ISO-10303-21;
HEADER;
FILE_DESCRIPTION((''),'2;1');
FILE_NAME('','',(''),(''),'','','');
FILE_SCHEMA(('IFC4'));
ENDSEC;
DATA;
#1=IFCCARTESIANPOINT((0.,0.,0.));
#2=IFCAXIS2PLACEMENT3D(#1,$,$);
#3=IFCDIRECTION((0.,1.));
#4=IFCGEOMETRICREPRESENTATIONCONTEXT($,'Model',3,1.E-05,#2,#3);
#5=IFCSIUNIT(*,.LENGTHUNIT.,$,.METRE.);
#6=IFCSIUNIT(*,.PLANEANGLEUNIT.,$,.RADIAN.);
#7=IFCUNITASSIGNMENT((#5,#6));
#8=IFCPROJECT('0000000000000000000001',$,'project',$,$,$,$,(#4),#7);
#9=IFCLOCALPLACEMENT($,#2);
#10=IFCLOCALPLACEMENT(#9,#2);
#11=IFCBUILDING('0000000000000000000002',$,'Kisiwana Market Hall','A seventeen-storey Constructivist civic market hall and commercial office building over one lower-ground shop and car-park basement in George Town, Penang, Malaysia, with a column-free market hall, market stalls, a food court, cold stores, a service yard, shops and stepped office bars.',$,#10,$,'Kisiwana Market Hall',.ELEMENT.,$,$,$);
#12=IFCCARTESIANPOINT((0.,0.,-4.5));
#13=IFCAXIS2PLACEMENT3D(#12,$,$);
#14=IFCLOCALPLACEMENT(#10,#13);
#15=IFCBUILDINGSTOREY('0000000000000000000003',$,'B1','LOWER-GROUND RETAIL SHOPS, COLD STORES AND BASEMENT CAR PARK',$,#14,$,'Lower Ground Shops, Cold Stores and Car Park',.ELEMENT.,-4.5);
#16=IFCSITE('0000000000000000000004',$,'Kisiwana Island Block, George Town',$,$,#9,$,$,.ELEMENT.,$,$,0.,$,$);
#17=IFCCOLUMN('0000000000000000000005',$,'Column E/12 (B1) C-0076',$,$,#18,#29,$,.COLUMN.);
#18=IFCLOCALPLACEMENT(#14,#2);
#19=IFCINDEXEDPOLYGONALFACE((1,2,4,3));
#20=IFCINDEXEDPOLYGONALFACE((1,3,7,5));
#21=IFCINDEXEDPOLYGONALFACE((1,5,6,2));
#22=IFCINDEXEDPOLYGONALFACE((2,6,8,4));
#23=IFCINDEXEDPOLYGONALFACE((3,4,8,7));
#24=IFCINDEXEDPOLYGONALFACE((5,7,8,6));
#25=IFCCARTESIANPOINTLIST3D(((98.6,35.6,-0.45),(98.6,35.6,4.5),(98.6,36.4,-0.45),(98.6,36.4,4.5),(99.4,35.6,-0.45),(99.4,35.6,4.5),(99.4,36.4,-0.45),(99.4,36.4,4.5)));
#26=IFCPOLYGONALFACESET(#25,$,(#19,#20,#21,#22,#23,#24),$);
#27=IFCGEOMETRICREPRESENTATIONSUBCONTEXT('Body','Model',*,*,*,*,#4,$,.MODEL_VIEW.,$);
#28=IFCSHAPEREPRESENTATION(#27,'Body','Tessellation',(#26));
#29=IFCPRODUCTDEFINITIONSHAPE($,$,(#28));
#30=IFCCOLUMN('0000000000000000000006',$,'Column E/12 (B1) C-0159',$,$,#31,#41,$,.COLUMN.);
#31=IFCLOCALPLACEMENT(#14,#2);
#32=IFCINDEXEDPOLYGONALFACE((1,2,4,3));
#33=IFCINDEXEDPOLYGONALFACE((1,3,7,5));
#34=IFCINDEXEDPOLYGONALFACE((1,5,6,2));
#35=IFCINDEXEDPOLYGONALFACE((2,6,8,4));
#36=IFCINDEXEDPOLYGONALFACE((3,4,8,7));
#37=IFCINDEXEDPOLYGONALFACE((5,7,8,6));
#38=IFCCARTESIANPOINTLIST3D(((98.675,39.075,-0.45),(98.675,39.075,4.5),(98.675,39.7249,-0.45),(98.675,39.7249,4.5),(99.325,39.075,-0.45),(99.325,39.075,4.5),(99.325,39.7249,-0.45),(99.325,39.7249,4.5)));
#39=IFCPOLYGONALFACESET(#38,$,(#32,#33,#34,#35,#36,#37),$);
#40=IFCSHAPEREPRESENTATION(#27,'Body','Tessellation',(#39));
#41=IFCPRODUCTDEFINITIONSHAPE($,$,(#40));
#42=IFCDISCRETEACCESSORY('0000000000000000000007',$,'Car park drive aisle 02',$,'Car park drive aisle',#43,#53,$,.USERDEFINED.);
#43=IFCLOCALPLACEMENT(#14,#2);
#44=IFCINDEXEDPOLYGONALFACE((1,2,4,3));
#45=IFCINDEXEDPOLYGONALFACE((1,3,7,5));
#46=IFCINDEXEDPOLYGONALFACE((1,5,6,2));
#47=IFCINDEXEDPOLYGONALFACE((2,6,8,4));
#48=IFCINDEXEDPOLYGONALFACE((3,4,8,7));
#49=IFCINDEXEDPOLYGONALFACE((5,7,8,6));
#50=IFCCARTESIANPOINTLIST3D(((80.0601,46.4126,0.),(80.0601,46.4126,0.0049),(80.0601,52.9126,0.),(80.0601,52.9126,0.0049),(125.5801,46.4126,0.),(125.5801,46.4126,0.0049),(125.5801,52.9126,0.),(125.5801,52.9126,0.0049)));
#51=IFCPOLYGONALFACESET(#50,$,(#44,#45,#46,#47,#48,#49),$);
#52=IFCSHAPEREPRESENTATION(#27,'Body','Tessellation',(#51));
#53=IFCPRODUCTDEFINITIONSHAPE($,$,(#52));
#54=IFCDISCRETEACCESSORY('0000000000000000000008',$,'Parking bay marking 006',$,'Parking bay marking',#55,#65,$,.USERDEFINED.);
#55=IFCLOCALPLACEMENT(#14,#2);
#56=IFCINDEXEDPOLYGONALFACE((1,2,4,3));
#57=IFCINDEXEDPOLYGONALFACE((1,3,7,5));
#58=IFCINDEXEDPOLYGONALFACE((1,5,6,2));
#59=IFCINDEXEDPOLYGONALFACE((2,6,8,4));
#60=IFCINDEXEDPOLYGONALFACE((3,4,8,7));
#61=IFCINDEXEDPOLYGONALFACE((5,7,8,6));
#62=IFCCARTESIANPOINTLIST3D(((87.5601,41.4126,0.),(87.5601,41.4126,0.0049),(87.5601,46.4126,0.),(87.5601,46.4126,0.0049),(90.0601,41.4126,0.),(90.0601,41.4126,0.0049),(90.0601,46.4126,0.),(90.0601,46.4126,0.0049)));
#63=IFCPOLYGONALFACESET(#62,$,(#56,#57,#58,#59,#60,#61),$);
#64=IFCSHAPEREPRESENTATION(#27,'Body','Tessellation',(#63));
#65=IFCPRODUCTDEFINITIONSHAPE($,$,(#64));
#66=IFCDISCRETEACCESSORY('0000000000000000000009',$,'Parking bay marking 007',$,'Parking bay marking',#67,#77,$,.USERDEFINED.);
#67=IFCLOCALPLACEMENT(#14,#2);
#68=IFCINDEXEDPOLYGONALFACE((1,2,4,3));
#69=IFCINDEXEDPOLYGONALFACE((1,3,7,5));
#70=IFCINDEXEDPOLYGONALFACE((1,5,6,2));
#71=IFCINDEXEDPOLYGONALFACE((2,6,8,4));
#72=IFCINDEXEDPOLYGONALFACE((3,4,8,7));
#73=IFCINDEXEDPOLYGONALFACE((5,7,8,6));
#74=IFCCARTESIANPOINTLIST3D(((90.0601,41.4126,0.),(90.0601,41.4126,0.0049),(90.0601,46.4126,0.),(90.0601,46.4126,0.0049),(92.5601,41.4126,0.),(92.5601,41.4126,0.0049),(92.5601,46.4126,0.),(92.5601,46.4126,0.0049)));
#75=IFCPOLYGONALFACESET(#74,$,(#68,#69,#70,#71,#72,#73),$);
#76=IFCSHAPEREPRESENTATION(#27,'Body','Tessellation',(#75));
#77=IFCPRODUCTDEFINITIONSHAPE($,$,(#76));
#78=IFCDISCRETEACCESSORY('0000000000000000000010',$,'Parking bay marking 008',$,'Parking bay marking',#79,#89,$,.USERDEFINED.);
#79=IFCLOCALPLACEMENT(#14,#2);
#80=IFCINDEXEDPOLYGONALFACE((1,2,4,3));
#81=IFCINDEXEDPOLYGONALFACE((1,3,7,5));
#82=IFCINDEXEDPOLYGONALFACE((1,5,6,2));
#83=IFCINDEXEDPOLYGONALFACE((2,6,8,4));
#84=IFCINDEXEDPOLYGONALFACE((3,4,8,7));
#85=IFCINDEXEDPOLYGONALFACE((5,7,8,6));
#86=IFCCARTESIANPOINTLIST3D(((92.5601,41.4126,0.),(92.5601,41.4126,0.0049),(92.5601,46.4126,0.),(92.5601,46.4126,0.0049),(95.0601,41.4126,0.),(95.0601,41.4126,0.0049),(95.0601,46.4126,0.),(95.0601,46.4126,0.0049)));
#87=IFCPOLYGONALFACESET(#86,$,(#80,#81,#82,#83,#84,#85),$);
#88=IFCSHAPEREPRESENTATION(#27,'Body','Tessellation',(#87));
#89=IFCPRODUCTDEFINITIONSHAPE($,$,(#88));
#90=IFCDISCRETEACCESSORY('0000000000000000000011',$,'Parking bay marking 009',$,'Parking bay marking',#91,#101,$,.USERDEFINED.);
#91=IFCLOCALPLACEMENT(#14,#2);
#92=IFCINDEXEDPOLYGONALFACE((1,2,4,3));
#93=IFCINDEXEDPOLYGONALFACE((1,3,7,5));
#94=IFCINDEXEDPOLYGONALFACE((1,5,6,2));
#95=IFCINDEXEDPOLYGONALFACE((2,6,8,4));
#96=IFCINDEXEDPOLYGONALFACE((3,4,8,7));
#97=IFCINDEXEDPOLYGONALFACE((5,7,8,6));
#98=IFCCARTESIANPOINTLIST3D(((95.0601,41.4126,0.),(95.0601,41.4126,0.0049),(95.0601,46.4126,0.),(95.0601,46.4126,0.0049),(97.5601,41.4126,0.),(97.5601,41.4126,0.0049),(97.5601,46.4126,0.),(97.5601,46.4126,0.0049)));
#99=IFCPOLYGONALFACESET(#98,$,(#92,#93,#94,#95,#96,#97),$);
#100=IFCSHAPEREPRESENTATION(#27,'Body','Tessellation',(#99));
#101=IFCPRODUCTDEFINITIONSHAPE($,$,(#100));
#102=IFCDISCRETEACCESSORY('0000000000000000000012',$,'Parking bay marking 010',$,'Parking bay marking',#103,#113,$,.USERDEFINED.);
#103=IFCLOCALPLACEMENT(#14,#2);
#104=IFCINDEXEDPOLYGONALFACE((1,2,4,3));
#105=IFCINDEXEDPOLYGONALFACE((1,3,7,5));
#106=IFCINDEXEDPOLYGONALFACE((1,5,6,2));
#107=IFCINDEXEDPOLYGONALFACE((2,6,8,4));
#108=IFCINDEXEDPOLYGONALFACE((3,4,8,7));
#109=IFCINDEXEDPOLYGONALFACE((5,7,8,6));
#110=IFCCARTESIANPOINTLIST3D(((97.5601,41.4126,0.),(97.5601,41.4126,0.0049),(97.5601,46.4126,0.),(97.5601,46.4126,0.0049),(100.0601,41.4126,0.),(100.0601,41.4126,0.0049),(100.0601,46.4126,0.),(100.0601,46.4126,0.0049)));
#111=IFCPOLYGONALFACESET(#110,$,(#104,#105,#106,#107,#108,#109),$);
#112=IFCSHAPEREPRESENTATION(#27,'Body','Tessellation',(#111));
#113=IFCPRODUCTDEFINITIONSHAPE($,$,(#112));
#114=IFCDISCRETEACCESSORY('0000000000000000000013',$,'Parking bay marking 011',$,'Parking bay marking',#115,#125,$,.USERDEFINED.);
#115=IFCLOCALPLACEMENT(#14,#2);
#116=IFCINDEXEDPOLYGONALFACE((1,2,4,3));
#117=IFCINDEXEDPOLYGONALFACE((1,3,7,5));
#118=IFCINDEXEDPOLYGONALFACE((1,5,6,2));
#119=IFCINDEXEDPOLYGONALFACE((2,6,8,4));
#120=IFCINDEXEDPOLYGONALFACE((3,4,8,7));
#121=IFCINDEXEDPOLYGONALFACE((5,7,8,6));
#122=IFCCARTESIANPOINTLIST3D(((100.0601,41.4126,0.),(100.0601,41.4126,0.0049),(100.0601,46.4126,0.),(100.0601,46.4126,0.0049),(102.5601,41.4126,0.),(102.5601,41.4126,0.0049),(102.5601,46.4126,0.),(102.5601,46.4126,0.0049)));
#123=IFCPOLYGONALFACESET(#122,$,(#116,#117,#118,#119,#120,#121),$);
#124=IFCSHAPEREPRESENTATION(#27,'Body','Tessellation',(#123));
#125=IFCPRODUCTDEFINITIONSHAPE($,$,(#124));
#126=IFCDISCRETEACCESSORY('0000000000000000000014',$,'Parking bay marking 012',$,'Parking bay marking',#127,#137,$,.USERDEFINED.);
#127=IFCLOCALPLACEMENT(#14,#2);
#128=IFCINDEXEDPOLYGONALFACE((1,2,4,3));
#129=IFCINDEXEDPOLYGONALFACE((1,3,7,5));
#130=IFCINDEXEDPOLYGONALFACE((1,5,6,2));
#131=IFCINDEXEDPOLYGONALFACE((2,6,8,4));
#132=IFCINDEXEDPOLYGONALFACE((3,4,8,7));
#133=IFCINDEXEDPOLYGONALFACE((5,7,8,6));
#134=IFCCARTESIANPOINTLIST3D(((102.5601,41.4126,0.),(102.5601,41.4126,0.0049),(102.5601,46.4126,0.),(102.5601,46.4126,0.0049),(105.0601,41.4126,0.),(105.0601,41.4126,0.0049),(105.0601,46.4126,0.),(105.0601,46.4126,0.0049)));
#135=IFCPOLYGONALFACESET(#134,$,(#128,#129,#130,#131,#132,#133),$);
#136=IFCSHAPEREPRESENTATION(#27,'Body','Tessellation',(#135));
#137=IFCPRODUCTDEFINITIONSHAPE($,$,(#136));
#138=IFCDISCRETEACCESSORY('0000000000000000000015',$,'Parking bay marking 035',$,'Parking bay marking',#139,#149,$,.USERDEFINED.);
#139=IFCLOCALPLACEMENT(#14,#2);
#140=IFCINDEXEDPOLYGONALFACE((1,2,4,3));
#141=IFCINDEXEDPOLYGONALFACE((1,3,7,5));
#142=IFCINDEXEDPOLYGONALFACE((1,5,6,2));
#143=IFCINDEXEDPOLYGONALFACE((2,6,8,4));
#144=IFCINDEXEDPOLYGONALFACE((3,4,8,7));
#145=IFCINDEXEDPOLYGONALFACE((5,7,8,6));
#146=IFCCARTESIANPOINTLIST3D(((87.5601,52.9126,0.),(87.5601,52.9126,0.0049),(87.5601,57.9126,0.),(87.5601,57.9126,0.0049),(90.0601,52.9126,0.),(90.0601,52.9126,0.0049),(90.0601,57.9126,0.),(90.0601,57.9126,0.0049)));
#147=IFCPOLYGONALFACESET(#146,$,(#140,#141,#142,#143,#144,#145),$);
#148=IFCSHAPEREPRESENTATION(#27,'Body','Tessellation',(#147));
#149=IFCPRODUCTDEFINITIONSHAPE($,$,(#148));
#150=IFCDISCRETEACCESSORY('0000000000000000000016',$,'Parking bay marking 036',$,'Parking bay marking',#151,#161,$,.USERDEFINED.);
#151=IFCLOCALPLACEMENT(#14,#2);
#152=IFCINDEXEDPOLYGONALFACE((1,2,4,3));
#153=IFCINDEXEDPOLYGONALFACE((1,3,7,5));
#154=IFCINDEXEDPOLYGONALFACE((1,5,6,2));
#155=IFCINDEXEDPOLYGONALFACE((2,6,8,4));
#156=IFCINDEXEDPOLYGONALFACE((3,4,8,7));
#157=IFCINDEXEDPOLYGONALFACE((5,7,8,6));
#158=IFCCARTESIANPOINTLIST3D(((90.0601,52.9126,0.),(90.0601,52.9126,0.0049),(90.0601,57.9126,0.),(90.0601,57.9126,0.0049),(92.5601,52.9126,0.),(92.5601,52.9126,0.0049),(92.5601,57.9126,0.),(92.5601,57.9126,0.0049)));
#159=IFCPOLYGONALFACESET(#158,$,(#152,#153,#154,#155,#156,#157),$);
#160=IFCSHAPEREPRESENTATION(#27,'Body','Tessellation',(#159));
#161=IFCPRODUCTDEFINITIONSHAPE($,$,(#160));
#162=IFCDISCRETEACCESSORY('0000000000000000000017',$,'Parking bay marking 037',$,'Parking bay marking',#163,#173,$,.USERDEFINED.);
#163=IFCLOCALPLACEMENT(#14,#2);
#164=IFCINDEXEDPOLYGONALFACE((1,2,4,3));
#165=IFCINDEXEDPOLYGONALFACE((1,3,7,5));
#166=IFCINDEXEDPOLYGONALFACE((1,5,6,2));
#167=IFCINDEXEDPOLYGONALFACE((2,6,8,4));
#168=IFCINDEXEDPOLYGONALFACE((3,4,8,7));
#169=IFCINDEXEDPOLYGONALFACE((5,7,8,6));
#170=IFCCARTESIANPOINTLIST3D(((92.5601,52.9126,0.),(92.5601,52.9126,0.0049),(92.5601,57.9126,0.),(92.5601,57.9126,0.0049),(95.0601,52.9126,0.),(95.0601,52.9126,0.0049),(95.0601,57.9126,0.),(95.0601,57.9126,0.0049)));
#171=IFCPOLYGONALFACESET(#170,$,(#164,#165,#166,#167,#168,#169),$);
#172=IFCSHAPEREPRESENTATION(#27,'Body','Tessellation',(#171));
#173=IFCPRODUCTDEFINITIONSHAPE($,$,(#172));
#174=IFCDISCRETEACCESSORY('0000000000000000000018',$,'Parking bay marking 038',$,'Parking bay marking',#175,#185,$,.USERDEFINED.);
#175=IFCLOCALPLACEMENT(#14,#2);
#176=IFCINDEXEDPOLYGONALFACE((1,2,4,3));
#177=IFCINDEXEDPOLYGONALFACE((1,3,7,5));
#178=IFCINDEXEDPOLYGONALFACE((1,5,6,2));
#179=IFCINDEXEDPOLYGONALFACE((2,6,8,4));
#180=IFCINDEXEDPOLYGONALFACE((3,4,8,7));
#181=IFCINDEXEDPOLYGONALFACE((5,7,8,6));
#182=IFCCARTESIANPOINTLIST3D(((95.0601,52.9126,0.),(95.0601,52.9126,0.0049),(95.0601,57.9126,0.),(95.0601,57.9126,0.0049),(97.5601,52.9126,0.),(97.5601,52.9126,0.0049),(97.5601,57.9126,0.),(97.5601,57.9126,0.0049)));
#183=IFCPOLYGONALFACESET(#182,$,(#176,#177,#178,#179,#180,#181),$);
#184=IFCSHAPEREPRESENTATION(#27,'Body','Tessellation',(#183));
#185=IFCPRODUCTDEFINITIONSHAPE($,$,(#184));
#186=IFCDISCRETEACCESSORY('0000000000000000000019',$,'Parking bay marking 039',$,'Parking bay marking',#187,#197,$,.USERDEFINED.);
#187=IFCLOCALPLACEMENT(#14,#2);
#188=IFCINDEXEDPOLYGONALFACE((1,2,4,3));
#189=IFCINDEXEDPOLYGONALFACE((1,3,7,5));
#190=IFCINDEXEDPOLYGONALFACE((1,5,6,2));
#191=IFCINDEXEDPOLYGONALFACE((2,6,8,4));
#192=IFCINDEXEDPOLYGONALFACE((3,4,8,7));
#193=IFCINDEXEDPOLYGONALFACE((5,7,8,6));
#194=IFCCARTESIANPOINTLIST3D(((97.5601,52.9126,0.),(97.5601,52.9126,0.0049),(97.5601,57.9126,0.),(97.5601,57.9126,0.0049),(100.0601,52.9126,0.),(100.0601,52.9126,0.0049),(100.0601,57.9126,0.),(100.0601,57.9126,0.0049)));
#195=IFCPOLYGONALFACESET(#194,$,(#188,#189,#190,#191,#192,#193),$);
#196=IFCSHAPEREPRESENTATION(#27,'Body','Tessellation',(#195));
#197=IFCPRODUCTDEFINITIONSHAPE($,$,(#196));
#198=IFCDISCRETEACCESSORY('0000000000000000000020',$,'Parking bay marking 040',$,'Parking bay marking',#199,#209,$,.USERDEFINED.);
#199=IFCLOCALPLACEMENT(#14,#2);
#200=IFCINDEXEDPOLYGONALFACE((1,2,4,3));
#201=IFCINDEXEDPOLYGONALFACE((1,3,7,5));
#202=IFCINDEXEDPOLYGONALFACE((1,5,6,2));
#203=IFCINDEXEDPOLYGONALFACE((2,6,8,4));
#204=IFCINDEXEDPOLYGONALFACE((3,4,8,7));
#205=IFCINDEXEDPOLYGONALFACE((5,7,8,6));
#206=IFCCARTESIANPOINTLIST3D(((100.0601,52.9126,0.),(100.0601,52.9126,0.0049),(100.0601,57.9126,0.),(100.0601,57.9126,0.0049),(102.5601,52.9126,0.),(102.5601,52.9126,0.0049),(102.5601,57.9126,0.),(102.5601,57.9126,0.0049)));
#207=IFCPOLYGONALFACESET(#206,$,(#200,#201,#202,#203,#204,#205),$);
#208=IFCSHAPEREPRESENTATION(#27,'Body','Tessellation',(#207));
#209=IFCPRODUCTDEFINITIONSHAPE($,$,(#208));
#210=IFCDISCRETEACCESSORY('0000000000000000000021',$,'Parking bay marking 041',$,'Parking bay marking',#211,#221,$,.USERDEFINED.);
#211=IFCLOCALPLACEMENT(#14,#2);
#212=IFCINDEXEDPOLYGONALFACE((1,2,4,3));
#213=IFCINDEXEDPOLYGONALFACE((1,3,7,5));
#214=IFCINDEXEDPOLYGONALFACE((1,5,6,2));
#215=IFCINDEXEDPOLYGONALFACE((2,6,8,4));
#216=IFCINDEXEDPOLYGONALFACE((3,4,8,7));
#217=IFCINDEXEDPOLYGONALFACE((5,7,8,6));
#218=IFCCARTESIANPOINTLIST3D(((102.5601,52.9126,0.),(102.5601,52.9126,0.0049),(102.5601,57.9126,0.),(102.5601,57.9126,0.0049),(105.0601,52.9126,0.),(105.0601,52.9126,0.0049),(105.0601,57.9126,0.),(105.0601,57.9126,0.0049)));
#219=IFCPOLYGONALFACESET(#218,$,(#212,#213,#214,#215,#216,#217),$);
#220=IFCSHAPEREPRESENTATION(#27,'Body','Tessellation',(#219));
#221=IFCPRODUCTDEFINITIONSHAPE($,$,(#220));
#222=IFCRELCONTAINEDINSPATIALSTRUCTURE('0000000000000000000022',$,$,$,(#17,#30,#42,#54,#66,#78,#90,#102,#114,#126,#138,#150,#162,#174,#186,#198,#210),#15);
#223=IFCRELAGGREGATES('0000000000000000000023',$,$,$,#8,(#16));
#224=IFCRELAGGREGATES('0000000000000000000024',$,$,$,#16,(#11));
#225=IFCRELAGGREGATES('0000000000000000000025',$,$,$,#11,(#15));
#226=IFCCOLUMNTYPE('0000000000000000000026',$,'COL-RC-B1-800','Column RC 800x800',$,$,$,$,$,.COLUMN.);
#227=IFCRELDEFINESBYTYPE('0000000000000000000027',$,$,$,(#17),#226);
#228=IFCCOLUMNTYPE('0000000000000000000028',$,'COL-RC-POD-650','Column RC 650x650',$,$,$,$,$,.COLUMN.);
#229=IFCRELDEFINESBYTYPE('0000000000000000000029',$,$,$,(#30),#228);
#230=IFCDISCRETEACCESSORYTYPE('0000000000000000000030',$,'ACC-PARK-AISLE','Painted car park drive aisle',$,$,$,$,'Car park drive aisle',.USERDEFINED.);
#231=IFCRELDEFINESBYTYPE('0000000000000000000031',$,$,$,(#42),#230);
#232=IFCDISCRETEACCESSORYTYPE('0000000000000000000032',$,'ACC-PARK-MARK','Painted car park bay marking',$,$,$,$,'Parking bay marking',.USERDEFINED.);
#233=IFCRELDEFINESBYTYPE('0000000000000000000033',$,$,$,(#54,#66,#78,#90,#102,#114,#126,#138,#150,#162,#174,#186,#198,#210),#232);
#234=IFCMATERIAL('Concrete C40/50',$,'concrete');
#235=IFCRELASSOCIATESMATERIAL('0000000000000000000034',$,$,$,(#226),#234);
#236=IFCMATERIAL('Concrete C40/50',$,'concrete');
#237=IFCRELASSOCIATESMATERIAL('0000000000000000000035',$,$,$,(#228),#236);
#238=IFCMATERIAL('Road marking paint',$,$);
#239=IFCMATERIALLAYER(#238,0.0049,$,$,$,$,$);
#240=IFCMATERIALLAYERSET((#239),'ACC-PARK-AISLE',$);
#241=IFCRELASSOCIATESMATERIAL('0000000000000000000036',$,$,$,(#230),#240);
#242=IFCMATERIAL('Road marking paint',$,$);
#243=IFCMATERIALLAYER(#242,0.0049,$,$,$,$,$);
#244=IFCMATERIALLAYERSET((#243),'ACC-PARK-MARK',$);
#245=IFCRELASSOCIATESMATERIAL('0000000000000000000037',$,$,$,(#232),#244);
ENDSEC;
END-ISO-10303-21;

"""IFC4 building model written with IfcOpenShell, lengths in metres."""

from ifc_helpers import new_model, si_unit, direction, frame, origin, origin_2d, place, context, subcontext, project, spatial, rectangle, extrude, material, layer, layer_set, material_profile, profile_set, type_object, element, save


model = new_model("IFC4")

# Units and contexts
model_context = context("Model", 3, precision=1e-05, world=origin(), true_north=direction((0.0, 1.0)))
body_context = subcontext(model_context, "Body", "Model", "MODEL_VIEW")
ifc_project = project(units=[si_unit("LENGTHUNIT", "METRE"), si_unit("PLANEANGLEUNIT", "RADIAN")], contexts=[model_context])

# Site, building, storey
site_placement = place(None, origin())
site = spatial("IfcSite", under=ifc_project, at=site_placement, Name="Kisiwana Island Block, George Town", CompositionType="ELEMENT", RefElevation=0.0)
building_placement = place(site_placement, origin())
building = spatial("IfcBuilding", under=site, at=building_placement, Name="Kisiwana Market Hall", Description="A seventeen-storey Constructivist civic market hall and commercial office building over one lower-ground shop and car-park basement in George Town, Penang, Malaysia, with a column-free market hall, market stalls, a food court, cold stores, a service yard, shops and stepped office bars.", LongName="Kisiwana Market Hall", CompositionType="ELEMENT")
storey_placement = place(building_placement, frame((0.0, 0.0, -4.5)))
storey = spatial("IfcBuildingStorey", under=building, at=storey_placement, Name="B1", Description="LOWER-GROUND RETAIL SHOPS, COLD STORES AND BASEMENT CAR PARK", LongName="Lower Ground Shops, Cold Stores and Car Park", CompositionType="ELEMENT", Elevation=-4.5)

# Columns
ifc_material_1 = material(Name="Concrete C40/50", Category="concrete")
ifc_material_profile_1 = material_profile(ifc_material_1, rectangle(XDim=0.8, YDim=0.8, at=origin_2d()), Name="RC 800x800")
ifc_profile_set_1 = profile_set([ifc_material_profile_1], Name="Concrete C40/50")
column_type_1 = type_object("IfcColumnType", Name="COL-RC-B1-800", Description="Column RC 800x800", PredefinedType="COLUMN", material=ifc_profile_set_1)
for number, where, z_axis, x_axis, name in (
    (1, (99.0, 36.0, -0.45), (0.0, 0.0, 1.0), (1.0, 0.0, 0.0), "Column E/12 (B1) C-0076"),
):
    element("IfcColumn", number, at=place(storey_placement, frame(where, z_axis=z_axis, x_axis=x_axis)), inside=storey, type_object=column_type_1, Name=name, PredefinedType="COLUMN", context=body_context, shape_type="SweptSolid", body=[
        extrude(rectangle(XDim=0.8, YDim=0.8, at=origin_2d()), origin(), (0.0, 0.0, 1.0), 4.95),
    ])
ifc_material_2 = material(Name="Concrete C40/50", Category="concrete")
ifc_material_profile_2 = material_profile(ifc_material_2, rectangle(XDim=0.6499, YDim=0.6499, at=origin_2d()), Name="RC 650x650")
ifc_profile_set_2 = profile_set([ifc_material_profile_2], Name="Concrete C40/50")
column_type_2 = type_object("IfcColumnType", Name="COL-RC-POD-650", Description="Column RC 650x650", PredefinedType="COLUMN", material=ifc_profile_set_2)
column_placement = place(storey_placement, frame((99.0, 39.3999, -0.45), z_axis=(0.0, 0.0, 1.0), x_axis=(1.0, 0.0, 0.0)))
element("IfcColumn", 2, at=column_placement, inside=storey, type_object=column_type_2, Name="Column E/12 (B1) C-0159", PredefinedType="COLUMN", context=body_context, shape_type="SweptSolid", body=[
    extrude(rectangle(XDim=0.6499, YDim=0.6499, at=origin_2d()), origin(), (0.0, 0.0, 1.0), 4.95),
])

# Discrete accessories
ifc_material_3 = material(Name="Road marking paint")
ifc_layer_1 = layer(ifc_material_3, 0.0049)
ifc_layer_set_1 = layer_set([ifc_layer_1], Name="ACC-PARK-AISLE")
discrete_accessory_type_1 = type_object("IfcDiscreteAccessoryType", Name="ACC-PARK-AISLE", Description="Painted car park drive aisle", ElementType="Car park drive aisle", PredefinedType="USERDEFINED", material=ifc_layer_set_1)
discrete_accessory_placement = place(storey_placement, frame((102.8201, 49.6626, 0.0), z_axis=(0.0, 0.0, 1.0), x_axis=(1.0, 0.0, 0.0)))
element("IfcDiscreteAccessory", 3, at=discrete_accessory_placement, inside=storey, type_object=discrete_accessory_type_1, Name="Car park drive aisle 02", ObjectType="Car park drive aisle", PredefinedType="USERDEFINED", context=body_context, shape_type="SweptSolid", body=[
    extrude(rectangle(XDim=45.52, YDim=6.5, at=origin_2d()), origin(), (0.0, 0.0, 1.0), 0.0049),
])
ifc_material_4 = material(Name="Road marking paint")
ifc_layer_2 = layer(ifc_material_4, 0.0049)
ifc_layer_set_2 = layer_set([ifc_layer_2], Name="ACC-PARK-MARK")
discrete_accessory_type_2 = type_object("IfcDiscreteAccessoryType", Name="ACC-PARK-MARK", Description="Painted car park bay marking", ElementType="Parking bay marking", PredefinedType="USERDEFINED", material=ifc_layer_set_2)
for number, where, z_axis, x_axis, name in (
    (4, (88.8101, 43.9126, 0.0), (0.0, 0.0, 1.0), (1.0, 0.0, 0.0), "Parking bay marking 006"),
    (5, (91.3101, 43.9126, 0.0), (0.0, 0.0, 1.0), (1.0, 0.0, 0.0), "Parking bay marking 007"),
    (6, (93.8101, 43.9126, 0.0), (0.0, 0.0, 1.0), (1.0, 0.0, 0.0), "Parking bay marking 008"),
    (7, (96.3101, 43.9126, 0.0), (0.0, 0.0, 1.0), (1.0, 0.0, 0.0), "Parking bay marking 009"),
    (8, (98.8101, 43.9126, 0.0), (0.0, 0.0, 1.0), (1.0, 0.0, 0.0), "Parking bay marking 010"),
    (9, (101.3101, 43.9126, 0.0), (0.0, 0.0, 1.0), (1.0, 0.0, 0.0), "Parking bay marking 011"),
    (10, (103.8101, 43.9126, 0.0), (0.0, 0.0, 1.0), (1.0, 0.0, 0.0), "Parking bay marking 012"),
    (11, (88.8101, 55.4126, 0.0), (0.0, 0.0, 1.0), (1.0, 0.0, 0.0), "Parking bay marking 035"),
    (12, (91.3101, 55.4126, 0.0), (0.0, 0.0, 1.0), (1.0, 0.0, 0.0), "Parking bay marking 036"),
    (13, (93.8101, 55.4126, 0.0), (0.0, 0.0, 1.0), (1.0, 0.0, 0.0), "Parking bay marking 037"),
    (14, (96.3101, 55.4126, 0.0), (0.0, 0.0, 1.0), (1.0, 0.0, 0.0), "Parking bay marking 038"),
    (15, (98.8101, 55.4126, 0.0), (0.0, 0.0, 1.0), (1.0, 0.0, 0.0), "Parking bay marking 039"),
    (16, (101.3101, 55.4126, 0.0), (0.0, 0.0, 1.0), (1.0, 0.0, 0.0), "Parking bay marking 040"),
    (17, (103.8101, 55.4126, 0.0), (0.0, 0.0, 1.0), (1.0, 0.0, 0.0), "Parking bay marking 041"),
):
    element("IfcDiscreteAccessory", number, at=place(storey_placement, frame(where, z_axis=z_axis, x_axis=x_axis)), inside=storey, type_object=discrete_accessory_type_2, Name=name, ObjectType="Parking bay marking", PredefinedType="USERDEFINED", context=body_context, shape_type="SweptSolid", body=[
        extrude(rectangle(XDim=2.5, YDim=5.0, at=origin_2d()), origin(), (0.0, 0.0, 1.0), 0.0049),
    ])

save(model, "model.ifc")
